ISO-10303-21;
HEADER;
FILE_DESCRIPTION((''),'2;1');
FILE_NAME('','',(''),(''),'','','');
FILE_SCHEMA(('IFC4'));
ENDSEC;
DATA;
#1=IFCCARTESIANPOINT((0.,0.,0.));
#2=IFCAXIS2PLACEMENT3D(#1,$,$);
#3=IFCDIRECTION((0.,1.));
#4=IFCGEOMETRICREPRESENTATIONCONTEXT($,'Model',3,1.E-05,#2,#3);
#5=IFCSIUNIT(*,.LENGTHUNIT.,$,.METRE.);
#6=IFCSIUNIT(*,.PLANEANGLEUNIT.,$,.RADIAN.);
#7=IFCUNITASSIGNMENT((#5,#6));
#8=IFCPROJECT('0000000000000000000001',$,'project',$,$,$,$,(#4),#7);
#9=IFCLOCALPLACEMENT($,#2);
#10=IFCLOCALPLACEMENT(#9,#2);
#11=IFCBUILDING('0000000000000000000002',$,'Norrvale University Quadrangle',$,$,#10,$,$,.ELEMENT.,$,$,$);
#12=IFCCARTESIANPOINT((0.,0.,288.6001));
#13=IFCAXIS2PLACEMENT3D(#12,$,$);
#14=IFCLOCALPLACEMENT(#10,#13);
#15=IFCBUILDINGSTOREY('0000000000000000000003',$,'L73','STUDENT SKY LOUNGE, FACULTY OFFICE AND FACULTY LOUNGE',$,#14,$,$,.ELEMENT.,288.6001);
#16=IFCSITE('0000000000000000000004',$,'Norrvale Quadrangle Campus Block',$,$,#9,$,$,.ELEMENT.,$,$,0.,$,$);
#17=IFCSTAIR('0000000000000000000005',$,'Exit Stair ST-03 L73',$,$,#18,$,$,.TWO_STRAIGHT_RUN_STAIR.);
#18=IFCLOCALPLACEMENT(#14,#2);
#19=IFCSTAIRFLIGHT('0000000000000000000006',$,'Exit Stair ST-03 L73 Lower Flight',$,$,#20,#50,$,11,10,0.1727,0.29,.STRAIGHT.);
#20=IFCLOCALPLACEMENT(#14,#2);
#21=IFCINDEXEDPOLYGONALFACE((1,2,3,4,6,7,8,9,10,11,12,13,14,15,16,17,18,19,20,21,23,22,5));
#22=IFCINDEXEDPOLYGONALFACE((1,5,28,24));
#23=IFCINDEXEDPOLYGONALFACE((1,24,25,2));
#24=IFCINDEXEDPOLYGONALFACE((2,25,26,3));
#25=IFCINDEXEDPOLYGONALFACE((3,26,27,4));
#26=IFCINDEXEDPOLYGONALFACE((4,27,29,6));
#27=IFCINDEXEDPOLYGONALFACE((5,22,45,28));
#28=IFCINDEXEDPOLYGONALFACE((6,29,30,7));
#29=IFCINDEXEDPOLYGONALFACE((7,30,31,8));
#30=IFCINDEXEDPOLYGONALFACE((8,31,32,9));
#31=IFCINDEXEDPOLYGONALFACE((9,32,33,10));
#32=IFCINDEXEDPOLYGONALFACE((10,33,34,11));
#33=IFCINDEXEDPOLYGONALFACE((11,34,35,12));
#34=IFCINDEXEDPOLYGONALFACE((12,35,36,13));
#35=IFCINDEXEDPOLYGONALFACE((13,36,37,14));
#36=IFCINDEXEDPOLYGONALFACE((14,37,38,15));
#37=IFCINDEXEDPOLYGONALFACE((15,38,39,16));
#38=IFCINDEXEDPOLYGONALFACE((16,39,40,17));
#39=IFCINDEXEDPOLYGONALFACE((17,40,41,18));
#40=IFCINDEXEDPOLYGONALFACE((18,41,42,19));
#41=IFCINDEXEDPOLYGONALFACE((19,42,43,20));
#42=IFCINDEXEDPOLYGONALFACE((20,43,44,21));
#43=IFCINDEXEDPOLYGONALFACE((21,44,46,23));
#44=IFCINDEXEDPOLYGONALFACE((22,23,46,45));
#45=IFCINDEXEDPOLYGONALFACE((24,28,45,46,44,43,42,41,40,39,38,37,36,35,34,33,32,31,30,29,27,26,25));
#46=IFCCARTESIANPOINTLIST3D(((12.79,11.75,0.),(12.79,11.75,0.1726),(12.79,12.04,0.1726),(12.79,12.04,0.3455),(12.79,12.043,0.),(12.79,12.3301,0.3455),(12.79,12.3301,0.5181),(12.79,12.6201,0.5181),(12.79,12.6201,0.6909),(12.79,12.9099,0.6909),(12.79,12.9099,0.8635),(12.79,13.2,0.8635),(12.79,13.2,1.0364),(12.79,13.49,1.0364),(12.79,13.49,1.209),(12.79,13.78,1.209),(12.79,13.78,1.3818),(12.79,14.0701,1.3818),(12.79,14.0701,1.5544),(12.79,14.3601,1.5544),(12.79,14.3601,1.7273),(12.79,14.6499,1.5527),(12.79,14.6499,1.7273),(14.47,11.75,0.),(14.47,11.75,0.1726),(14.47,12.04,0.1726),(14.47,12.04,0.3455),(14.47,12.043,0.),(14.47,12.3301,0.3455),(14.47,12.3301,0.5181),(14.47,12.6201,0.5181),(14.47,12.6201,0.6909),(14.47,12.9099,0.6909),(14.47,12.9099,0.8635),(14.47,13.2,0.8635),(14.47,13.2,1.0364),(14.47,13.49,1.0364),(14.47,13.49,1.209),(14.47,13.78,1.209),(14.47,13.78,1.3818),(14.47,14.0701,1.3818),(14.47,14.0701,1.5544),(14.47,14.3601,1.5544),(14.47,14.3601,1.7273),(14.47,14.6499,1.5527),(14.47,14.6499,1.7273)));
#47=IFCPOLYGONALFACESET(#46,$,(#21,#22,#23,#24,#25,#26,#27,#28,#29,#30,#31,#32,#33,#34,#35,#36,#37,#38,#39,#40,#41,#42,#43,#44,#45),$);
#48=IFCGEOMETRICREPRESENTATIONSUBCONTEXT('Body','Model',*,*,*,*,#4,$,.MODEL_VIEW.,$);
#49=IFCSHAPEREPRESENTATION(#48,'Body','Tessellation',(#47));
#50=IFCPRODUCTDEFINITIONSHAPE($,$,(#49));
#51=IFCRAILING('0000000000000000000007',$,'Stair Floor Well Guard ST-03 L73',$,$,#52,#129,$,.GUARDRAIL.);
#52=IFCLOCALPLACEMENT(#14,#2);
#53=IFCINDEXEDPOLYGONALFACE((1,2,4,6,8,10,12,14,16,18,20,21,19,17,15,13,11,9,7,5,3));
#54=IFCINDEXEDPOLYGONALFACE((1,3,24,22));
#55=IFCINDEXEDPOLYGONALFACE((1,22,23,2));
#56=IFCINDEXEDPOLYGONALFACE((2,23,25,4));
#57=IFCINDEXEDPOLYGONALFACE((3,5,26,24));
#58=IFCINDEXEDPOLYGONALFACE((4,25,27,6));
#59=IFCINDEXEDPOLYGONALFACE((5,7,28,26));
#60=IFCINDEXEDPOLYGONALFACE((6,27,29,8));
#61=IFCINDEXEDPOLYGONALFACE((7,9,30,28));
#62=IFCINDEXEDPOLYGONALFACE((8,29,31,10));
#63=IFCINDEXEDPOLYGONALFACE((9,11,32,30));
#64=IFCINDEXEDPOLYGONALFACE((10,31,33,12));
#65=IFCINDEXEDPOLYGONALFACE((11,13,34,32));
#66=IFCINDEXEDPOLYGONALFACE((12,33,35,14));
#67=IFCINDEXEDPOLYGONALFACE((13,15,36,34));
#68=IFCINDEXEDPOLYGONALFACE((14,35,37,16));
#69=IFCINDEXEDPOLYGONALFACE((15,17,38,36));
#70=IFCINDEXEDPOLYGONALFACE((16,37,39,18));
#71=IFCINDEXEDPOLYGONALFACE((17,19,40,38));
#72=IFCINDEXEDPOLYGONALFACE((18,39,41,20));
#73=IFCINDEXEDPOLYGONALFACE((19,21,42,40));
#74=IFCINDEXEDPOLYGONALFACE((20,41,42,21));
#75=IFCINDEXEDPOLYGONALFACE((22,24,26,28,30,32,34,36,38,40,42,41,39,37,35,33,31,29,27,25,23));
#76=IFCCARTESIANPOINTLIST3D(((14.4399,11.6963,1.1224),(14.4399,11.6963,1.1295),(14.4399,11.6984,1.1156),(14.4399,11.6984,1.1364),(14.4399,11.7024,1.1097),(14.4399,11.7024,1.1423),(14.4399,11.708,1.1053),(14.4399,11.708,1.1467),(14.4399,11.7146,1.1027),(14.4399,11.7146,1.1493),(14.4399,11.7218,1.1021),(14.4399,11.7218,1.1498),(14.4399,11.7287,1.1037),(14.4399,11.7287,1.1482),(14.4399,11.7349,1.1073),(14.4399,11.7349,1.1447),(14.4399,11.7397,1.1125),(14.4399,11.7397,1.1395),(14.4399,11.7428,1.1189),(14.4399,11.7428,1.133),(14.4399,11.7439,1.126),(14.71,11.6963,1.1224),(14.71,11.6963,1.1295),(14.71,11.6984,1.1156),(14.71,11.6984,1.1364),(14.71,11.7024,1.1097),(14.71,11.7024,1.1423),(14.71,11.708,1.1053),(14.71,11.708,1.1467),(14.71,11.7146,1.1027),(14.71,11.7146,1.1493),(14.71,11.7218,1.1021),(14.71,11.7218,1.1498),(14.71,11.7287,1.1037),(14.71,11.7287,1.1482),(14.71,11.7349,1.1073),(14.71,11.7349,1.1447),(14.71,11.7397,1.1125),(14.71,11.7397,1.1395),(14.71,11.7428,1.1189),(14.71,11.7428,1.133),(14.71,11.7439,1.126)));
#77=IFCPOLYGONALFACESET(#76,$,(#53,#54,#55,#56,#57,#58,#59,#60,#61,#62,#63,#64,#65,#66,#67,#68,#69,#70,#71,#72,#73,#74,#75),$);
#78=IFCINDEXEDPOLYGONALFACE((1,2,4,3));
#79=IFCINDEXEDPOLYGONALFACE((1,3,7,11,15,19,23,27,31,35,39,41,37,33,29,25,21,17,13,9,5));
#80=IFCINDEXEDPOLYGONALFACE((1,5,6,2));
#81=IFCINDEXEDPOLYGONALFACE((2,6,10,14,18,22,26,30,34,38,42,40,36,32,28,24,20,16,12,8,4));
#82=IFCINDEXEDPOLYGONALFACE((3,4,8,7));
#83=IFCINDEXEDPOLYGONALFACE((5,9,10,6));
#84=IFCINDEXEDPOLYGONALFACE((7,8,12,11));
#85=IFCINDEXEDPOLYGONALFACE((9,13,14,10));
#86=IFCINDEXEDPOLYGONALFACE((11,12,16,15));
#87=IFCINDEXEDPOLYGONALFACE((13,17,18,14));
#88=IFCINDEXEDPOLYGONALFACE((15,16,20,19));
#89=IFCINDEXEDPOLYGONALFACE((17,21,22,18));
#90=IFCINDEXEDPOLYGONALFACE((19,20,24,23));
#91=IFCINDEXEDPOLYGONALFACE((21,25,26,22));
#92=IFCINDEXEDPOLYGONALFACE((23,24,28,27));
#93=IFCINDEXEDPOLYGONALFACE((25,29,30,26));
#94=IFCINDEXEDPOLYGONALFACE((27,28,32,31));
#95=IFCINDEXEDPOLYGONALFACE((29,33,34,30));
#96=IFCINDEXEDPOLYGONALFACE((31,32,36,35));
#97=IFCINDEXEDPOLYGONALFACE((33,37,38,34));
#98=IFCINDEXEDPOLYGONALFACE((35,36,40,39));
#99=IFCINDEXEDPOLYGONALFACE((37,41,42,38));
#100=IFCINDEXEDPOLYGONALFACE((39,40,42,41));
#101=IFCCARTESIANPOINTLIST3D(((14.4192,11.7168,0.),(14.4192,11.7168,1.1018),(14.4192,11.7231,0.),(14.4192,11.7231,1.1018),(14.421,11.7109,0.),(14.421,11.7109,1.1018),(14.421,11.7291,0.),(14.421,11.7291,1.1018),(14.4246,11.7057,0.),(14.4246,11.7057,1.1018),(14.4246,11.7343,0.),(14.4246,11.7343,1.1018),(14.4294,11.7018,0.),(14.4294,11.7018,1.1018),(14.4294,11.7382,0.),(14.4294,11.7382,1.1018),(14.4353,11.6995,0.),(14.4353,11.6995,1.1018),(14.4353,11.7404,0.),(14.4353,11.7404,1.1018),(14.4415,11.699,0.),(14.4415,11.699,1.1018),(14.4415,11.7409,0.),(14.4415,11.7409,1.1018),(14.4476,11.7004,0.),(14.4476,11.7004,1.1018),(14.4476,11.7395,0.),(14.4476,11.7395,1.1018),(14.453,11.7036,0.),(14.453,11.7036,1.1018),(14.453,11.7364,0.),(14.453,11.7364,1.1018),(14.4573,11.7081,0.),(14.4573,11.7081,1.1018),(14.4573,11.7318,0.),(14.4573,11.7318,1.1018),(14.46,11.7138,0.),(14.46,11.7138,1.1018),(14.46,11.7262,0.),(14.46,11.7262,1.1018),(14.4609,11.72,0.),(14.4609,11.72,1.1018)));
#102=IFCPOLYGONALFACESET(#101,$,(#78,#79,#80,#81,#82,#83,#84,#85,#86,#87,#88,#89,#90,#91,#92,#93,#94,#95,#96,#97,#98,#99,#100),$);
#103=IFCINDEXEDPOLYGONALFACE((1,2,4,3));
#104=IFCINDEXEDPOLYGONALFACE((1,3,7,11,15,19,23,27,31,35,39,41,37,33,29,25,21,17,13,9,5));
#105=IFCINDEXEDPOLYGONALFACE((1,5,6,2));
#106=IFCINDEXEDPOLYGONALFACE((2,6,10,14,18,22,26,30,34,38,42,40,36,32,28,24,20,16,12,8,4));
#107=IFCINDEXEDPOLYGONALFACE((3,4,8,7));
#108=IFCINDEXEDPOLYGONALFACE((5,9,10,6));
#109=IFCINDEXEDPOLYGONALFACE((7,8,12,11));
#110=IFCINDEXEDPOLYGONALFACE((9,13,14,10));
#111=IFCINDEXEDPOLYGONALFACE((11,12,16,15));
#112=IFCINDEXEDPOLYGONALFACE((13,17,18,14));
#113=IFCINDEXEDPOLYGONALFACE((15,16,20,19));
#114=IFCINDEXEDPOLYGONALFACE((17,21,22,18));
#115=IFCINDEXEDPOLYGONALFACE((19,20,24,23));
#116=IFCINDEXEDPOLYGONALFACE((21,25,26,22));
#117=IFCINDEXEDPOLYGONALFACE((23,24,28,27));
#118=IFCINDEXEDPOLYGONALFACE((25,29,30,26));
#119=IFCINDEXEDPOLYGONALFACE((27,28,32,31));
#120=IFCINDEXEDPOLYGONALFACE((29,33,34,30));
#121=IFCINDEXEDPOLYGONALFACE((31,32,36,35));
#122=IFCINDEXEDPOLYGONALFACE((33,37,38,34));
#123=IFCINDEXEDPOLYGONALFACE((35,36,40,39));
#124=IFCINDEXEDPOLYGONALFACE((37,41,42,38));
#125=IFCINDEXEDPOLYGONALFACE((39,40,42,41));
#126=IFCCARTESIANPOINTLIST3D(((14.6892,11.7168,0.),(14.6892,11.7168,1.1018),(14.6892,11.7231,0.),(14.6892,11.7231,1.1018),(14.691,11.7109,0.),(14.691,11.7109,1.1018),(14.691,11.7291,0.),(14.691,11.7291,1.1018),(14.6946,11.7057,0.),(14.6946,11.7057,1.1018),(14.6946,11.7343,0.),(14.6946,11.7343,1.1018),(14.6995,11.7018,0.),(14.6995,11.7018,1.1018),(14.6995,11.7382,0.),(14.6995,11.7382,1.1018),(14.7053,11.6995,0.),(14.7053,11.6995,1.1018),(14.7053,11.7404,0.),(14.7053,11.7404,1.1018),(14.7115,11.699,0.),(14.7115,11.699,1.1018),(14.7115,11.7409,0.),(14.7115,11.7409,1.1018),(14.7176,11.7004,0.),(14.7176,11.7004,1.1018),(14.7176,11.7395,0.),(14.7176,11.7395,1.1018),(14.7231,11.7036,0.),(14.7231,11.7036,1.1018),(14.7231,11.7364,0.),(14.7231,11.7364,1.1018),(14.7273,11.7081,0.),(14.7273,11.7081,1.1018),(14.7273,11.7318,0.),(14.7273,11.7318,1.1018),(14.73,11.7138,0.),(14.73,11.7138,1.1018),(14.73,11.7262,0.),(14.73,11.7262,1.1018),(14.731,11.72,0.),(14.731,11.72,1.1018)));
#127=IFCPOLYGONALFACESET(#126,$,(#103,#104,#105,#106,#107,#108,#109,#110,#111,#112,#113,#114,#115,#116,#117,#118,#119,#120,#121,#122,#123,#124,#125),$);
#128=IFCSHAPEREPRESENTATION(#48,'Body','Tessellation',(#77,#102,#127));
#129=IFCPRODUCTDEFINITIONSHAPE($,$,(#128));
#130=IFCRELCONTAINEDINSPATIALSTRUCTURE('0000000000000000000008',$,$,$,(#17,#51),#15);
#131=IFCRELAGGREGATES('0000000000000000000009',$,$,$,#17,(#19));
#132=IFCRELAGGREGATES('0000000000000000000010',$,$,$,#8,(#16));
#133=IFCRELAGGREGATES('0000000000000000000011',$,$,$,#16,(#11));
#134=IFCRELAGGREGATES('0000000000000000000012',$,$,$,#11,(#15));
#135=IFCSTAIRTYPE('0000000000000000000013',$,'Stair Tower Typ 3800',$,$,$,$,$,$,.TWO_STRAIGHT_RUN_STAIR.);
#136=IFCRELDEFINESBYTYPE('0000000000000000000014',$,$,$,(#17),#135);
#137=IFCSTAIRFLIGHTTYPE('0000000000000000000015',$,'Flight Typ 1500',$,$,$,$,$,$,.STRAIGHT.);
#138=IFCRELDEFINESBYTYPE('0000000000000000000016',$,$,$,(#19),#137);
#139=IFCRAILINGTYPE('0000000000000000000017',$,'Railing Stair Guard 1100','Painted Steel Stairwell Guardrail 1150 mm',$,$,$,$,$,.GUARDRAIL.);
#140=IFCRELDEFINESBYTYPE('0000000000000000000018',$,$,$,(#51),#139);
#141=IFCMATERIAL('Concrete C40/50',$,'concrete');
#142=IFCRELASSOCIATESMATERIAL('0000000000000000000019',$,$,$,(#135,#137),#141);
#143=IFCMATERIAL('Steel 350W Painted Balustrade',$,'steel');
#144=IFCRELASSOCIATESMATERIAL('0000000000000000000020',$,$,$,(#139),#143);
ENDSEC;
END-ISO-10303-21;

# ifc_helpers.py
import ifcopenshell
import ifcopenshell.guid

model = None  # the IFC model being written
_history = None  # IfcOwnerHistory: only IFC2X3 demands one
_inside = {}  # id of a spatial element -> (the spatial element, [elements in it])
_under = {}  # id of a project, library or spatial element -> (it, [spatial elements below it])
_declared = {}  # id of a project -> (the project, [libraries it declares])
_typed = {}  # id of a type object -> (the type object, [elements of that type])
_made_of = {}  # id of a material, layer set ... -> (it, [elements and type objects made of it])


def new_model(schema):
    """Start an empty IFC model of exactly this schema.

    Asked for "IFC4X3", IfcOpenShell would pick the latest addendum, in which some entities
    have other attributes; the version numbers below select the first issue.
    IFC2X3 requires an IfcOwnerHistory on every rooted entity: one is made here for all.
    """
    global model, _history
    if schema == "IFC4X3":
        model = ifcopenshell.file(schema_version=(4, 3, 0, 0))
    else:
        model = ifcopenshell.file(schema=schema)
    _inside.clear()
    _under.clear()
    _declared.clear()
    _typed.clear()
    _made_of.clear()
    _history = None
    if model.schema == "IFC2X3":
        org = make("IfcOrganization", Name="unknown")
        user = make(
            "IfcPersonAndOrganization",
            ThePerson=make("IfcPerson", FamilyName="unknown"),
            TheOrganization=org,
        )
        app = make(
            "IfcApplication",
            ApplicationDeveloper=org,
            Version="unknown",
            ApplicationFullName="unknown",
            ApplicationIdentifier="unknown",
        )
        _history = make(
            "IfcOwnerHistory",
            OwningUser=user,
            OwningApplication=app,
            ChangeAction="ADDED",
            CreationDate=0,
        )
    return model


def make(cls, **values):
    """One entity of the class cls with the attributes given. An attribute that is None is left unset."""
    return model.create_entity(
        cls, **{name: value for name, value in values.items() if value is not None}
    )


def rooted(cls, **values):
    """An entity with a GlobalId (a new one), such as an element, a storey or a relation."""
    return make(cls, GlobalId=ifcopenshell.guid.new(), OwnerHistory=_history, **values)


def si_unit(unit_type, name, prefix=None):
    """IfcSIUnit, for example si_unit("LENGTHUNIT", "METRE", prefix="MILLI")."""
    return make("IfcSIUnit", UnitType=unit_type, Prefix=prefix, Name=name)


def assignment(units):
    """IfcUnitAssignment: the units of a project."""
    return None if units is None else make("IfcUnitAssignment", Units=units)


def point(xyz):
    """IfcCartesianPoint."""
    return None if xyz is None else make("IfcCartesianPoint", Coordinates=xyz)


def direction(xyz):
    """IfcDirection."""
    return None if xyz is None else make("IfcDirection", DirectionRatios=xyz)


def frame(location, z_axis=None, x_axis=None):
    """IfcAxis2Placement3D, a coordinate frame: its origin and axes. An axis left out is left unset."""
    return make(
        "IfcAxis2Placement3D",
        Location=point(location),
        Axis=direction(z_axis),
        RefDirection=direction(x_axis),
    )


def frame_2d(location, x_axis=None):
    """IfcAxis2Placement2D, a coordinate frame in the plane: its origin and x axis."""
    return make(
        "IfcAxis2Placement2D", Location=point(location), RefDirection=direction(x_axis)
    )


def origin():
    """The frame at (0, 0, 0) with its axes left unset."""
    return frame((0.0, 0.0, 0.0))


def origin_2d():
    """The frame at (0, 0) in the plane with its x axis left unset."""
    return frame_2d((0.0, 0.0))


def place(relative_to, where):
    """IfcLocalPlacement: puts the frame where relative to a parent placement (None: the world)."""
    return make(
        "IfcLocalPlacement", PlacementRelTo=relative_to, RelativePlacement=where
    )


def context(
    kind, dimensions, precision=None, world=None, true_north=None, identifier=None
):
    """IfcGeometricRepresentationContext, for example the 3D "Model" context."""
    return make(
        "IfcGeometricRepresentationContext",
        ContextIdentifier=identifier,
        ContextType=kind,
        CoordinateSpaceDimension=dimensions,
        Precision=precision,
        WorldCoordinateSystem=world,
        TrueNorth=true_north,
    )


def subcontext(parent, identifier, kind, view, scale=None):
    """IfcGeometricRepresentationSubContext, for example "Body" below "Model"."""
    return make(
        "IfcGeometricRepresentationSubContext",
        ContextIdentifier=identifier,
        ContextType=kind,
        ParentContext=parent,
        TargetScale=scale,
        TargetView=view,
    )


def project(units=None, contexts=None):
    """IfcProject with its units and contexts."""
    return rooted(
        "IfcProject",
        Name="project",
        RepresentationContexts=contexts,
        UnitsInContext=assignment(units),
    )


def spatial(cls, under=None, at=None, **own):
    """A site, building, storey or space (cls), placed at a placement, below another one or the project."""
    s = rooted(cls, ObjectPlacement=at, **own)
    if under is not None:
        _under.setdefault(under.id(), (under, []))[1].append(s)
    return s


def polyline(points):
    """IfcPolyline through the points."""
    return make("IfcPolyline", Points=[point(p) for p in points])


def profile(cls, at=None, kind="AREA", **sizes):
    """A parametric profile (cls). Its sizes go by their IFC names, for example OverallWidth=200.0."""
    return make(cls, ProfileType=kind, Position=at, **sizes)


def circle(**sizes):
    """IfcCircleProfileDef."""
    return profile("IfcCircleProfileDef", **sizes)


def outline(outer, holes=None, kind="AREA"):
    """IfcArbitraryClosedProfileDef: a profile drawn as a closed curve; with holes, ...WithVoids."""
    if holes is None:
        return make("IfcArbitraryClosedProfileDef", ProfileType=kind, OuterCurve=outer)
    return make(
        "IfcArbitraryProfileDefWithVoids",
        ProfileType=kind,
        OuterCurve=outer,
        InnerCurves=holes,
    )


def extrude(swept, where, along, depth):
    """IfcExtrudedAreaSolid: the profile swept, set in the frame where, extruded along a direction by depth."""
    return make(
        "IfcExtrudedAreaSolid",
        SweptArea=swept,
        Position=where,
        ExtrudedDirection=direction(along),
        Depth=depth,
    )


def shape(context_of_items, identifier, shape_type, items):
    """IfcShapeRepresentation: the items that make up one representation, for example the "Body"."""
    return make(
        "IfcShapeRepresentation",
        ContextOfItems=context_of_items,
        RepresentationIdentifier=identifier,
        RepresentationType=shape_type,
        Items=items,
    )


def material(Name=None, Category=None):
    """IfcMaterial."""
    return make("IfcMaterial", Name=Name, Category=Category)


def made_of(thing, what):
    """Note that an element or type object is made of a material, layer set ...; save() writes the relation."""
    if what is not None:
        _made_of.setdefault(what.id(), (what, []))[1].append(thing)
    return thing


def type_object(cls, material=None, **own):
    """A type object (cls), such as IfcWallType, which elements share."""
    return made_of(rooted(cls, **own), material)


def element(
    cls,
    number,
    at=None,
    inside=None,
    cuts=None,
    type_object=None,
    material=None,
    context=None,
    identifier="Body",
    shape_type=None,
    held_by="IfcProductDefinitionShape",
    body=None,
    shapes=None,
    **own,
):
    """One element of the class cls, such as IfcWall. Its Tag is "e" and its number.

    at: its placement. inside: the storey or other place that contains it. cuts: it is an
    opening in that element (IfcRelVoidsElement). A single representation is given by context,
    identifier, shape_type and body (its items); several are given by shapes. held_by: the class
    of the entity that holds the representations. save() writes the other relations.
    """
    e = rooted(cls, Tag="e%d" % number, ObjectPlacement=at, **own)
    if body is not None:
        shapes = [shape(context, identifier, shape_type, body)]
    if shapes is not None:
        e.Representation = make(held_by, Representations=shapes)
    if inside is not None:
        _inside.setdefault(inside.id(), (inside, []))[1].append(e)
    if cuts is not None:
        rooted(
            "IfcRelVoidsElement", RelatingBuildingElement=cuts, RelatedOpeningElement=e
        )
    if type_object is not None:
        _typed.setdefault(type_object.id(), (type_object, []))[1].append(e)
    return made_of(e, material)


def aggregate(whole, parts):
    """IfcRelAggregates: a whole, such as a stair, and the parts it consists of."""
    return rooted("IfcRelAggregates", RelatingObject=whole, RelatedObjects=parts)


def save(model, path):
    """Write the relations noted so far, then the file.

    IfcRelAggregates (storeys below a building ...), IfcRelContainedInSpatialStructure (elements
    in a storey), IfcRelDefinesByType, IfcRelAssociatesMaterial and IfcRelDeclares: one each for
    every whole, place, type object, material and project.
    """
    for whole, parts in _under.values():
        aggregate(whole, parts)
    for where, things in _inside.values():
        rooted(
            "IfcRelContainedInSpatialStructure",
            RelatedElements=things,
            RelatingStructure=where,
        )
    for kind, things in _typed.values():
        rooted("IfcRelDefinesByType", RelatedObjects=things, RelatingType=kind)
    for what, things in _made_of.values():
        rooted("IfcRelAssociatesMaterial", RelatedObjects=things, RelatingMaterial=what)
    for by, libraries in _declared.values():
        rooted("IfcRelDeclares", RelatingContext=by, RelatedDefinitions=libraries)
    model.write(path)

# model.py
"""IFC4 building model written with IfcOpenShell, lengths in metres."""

from ifc_helpers import new_model, si_unit, direction, frame, origin, origin_2d, place, context, subcontext, project, spatial, polyline, circle, outline, extrude, material, type_object, element, aggregate, save


model = new_model("IFC4")

# Units and contexts
model_context = context("Model", 3, precision=1e-05, world=origin(), true_north=direction((0.0, 1.0)))
body_context = subcontext(model_context, "Body", "Model", "MODEL_VIEW")
ifc_project = project(units=[si_unit("LENGTHUNIT", "METRE"), si_unit("PLANEANGLEUNIT", "RADIAN")], contexts=[model_context])

# Site, building, storey
site_placement = place(None, origin())
site = spatial("IfcSite", under=ifc_project, at=site_placement, Name="Norrvale Quadrangle Campus Block", CompositionType="ELEMENT", RefElevation=0.0)
building_placement = place(site_placement, origin())
building = spatial("IfcBuilding", under=site, at=building_placement, Name="Norrvale University Quadrangle", CompositionType="ELEMENT")
storey_placement = place(building_placement, frame((0.0, 0.0, 288.6001)))
storey = spatial("IfcBuildingStorey", under=building, at=storey_placement, Name="L73", Description="STUDENT SKY LOUNGE, FACULTY OFFICE AND FACULTY LOUNGE", CompositionType="ELEMENT", Elevation=288.6001)

# Stair, stair flight
ifc_material_1 = material(Name="Concrete C40/50", Category="concrete")
stair_type = type_object("IfcStairType", Name="Stair Tower Typ 3800", PredefinedType="TWO_STRAIGHT_RUN_STAIR", material=ifc_material_1)
stair_placement = place(storey_placement, origin())
stair = element("IfcStair", 1, at=stair_placement, inside=storey, type_object=stair_type, Name="Exit Stair ST-03 L73", PredefinedType="TWO_STRAIGHT_RUN_STAIR")
stair_flight_type = type_object("IfcStairFlightType", Name="Flight Typ 1500", PredefinedType="STRAIGHT", material=ifc_material_1)
stair_flight_placement = place(storey_placement, frame((13.6299, 11.75, 0.0), z_axis=(0.0, 0.0, 1.0), x_axis=(0.0, 1.0, 0.0)))
stair_flight = element("IfcStairFlight", 2, at=stair_flight_placement, type_object=stair_flight_type, Name="Exit Stair ST-03 L73 Lower Flight", NumberOfRisers=11, NumberOfTreads=10, PredefinedType="STRAIGHT", RiserHeight=0.1727, TreadLength=0.29, context=body_context, shape_type="SweptSolid", body=[
    extrude(outline(polyline([(0.0, 0.0), (0.0, 0.1726), (0.29, 0.1726), (0.29, 0.3455), (0.5801, 0.3455), (0.5801, 0.5181), (0.8701, 0.5181), (0.8701, 0.6909), (1.1599, 0.6909), (1.1599, 0.8635), (1.45, 0.8635), (1.45, 1.0364), (1.74, 1.0364), (1.74, 1.209), (2.03, 1.209), (2.03, 1.3818), (2.3201, 1.3818), (2.3201, 1.5544), (2.6101, 1.5544), (2.6101, 1.7273), (2.8999, 1.7273), (2.8999, 1.8999), (2.8999, 1.5527), (0.293, 0.0), (0.0, 0.0)])), frame((0.0, 0.8398, 0.0), z_axis=(0.0, -1.0, 0.0), x_axis=(1.0, 0.0, 0.0)), (0.0, 0.0, 1.0), 1.6799),
])
aggregate(stair, [stair_flight])

# Railing
ifc_material_2 = material(Name="Steel 350W Painted Balustrade", Category="steel")
railing_type_1 = type_object("IfcRailingType", Name="Railing Stair Guard 1100", Description="Painted Steel Stairwell Guardrail 1150 mm", PredefinedType="GUARDRAIL", material=ifc_material_2)
railing_1_placement = place(storey_placement, frame((14.4399, 11.72, 0.0)))
element("IfcRailing", 3, at=railing_1_placement, inside=storey, type_object=railing_type_1, Name="Stair Floor Well Guard ST-03 L73", PredefinedType="GUARDRAIL", context=body_context, shape_type="SweptSolid", body=[
    extrude(circle(Radius=0.0239, at=origin_2d()), frame((0.0, 0.0, 1.126), z_axis=(1.0, 0.0, 0.0), x_axis=(0.0, 1.0, 0.0)), (0.0, 0.0, 1.0), 0.27),
    extrude(circle(Radius=0.021, at=origin_2d()), origin(), (0.0, 0.0, 1.0), 1.1018),
    extrude(circle(Radius=0.021, at=origin_2d()), frame((0.27, 0.0, 0.0)), (0.0, 0.0, 1.0), 1.1018),
])

save(model, "model.ifc")
